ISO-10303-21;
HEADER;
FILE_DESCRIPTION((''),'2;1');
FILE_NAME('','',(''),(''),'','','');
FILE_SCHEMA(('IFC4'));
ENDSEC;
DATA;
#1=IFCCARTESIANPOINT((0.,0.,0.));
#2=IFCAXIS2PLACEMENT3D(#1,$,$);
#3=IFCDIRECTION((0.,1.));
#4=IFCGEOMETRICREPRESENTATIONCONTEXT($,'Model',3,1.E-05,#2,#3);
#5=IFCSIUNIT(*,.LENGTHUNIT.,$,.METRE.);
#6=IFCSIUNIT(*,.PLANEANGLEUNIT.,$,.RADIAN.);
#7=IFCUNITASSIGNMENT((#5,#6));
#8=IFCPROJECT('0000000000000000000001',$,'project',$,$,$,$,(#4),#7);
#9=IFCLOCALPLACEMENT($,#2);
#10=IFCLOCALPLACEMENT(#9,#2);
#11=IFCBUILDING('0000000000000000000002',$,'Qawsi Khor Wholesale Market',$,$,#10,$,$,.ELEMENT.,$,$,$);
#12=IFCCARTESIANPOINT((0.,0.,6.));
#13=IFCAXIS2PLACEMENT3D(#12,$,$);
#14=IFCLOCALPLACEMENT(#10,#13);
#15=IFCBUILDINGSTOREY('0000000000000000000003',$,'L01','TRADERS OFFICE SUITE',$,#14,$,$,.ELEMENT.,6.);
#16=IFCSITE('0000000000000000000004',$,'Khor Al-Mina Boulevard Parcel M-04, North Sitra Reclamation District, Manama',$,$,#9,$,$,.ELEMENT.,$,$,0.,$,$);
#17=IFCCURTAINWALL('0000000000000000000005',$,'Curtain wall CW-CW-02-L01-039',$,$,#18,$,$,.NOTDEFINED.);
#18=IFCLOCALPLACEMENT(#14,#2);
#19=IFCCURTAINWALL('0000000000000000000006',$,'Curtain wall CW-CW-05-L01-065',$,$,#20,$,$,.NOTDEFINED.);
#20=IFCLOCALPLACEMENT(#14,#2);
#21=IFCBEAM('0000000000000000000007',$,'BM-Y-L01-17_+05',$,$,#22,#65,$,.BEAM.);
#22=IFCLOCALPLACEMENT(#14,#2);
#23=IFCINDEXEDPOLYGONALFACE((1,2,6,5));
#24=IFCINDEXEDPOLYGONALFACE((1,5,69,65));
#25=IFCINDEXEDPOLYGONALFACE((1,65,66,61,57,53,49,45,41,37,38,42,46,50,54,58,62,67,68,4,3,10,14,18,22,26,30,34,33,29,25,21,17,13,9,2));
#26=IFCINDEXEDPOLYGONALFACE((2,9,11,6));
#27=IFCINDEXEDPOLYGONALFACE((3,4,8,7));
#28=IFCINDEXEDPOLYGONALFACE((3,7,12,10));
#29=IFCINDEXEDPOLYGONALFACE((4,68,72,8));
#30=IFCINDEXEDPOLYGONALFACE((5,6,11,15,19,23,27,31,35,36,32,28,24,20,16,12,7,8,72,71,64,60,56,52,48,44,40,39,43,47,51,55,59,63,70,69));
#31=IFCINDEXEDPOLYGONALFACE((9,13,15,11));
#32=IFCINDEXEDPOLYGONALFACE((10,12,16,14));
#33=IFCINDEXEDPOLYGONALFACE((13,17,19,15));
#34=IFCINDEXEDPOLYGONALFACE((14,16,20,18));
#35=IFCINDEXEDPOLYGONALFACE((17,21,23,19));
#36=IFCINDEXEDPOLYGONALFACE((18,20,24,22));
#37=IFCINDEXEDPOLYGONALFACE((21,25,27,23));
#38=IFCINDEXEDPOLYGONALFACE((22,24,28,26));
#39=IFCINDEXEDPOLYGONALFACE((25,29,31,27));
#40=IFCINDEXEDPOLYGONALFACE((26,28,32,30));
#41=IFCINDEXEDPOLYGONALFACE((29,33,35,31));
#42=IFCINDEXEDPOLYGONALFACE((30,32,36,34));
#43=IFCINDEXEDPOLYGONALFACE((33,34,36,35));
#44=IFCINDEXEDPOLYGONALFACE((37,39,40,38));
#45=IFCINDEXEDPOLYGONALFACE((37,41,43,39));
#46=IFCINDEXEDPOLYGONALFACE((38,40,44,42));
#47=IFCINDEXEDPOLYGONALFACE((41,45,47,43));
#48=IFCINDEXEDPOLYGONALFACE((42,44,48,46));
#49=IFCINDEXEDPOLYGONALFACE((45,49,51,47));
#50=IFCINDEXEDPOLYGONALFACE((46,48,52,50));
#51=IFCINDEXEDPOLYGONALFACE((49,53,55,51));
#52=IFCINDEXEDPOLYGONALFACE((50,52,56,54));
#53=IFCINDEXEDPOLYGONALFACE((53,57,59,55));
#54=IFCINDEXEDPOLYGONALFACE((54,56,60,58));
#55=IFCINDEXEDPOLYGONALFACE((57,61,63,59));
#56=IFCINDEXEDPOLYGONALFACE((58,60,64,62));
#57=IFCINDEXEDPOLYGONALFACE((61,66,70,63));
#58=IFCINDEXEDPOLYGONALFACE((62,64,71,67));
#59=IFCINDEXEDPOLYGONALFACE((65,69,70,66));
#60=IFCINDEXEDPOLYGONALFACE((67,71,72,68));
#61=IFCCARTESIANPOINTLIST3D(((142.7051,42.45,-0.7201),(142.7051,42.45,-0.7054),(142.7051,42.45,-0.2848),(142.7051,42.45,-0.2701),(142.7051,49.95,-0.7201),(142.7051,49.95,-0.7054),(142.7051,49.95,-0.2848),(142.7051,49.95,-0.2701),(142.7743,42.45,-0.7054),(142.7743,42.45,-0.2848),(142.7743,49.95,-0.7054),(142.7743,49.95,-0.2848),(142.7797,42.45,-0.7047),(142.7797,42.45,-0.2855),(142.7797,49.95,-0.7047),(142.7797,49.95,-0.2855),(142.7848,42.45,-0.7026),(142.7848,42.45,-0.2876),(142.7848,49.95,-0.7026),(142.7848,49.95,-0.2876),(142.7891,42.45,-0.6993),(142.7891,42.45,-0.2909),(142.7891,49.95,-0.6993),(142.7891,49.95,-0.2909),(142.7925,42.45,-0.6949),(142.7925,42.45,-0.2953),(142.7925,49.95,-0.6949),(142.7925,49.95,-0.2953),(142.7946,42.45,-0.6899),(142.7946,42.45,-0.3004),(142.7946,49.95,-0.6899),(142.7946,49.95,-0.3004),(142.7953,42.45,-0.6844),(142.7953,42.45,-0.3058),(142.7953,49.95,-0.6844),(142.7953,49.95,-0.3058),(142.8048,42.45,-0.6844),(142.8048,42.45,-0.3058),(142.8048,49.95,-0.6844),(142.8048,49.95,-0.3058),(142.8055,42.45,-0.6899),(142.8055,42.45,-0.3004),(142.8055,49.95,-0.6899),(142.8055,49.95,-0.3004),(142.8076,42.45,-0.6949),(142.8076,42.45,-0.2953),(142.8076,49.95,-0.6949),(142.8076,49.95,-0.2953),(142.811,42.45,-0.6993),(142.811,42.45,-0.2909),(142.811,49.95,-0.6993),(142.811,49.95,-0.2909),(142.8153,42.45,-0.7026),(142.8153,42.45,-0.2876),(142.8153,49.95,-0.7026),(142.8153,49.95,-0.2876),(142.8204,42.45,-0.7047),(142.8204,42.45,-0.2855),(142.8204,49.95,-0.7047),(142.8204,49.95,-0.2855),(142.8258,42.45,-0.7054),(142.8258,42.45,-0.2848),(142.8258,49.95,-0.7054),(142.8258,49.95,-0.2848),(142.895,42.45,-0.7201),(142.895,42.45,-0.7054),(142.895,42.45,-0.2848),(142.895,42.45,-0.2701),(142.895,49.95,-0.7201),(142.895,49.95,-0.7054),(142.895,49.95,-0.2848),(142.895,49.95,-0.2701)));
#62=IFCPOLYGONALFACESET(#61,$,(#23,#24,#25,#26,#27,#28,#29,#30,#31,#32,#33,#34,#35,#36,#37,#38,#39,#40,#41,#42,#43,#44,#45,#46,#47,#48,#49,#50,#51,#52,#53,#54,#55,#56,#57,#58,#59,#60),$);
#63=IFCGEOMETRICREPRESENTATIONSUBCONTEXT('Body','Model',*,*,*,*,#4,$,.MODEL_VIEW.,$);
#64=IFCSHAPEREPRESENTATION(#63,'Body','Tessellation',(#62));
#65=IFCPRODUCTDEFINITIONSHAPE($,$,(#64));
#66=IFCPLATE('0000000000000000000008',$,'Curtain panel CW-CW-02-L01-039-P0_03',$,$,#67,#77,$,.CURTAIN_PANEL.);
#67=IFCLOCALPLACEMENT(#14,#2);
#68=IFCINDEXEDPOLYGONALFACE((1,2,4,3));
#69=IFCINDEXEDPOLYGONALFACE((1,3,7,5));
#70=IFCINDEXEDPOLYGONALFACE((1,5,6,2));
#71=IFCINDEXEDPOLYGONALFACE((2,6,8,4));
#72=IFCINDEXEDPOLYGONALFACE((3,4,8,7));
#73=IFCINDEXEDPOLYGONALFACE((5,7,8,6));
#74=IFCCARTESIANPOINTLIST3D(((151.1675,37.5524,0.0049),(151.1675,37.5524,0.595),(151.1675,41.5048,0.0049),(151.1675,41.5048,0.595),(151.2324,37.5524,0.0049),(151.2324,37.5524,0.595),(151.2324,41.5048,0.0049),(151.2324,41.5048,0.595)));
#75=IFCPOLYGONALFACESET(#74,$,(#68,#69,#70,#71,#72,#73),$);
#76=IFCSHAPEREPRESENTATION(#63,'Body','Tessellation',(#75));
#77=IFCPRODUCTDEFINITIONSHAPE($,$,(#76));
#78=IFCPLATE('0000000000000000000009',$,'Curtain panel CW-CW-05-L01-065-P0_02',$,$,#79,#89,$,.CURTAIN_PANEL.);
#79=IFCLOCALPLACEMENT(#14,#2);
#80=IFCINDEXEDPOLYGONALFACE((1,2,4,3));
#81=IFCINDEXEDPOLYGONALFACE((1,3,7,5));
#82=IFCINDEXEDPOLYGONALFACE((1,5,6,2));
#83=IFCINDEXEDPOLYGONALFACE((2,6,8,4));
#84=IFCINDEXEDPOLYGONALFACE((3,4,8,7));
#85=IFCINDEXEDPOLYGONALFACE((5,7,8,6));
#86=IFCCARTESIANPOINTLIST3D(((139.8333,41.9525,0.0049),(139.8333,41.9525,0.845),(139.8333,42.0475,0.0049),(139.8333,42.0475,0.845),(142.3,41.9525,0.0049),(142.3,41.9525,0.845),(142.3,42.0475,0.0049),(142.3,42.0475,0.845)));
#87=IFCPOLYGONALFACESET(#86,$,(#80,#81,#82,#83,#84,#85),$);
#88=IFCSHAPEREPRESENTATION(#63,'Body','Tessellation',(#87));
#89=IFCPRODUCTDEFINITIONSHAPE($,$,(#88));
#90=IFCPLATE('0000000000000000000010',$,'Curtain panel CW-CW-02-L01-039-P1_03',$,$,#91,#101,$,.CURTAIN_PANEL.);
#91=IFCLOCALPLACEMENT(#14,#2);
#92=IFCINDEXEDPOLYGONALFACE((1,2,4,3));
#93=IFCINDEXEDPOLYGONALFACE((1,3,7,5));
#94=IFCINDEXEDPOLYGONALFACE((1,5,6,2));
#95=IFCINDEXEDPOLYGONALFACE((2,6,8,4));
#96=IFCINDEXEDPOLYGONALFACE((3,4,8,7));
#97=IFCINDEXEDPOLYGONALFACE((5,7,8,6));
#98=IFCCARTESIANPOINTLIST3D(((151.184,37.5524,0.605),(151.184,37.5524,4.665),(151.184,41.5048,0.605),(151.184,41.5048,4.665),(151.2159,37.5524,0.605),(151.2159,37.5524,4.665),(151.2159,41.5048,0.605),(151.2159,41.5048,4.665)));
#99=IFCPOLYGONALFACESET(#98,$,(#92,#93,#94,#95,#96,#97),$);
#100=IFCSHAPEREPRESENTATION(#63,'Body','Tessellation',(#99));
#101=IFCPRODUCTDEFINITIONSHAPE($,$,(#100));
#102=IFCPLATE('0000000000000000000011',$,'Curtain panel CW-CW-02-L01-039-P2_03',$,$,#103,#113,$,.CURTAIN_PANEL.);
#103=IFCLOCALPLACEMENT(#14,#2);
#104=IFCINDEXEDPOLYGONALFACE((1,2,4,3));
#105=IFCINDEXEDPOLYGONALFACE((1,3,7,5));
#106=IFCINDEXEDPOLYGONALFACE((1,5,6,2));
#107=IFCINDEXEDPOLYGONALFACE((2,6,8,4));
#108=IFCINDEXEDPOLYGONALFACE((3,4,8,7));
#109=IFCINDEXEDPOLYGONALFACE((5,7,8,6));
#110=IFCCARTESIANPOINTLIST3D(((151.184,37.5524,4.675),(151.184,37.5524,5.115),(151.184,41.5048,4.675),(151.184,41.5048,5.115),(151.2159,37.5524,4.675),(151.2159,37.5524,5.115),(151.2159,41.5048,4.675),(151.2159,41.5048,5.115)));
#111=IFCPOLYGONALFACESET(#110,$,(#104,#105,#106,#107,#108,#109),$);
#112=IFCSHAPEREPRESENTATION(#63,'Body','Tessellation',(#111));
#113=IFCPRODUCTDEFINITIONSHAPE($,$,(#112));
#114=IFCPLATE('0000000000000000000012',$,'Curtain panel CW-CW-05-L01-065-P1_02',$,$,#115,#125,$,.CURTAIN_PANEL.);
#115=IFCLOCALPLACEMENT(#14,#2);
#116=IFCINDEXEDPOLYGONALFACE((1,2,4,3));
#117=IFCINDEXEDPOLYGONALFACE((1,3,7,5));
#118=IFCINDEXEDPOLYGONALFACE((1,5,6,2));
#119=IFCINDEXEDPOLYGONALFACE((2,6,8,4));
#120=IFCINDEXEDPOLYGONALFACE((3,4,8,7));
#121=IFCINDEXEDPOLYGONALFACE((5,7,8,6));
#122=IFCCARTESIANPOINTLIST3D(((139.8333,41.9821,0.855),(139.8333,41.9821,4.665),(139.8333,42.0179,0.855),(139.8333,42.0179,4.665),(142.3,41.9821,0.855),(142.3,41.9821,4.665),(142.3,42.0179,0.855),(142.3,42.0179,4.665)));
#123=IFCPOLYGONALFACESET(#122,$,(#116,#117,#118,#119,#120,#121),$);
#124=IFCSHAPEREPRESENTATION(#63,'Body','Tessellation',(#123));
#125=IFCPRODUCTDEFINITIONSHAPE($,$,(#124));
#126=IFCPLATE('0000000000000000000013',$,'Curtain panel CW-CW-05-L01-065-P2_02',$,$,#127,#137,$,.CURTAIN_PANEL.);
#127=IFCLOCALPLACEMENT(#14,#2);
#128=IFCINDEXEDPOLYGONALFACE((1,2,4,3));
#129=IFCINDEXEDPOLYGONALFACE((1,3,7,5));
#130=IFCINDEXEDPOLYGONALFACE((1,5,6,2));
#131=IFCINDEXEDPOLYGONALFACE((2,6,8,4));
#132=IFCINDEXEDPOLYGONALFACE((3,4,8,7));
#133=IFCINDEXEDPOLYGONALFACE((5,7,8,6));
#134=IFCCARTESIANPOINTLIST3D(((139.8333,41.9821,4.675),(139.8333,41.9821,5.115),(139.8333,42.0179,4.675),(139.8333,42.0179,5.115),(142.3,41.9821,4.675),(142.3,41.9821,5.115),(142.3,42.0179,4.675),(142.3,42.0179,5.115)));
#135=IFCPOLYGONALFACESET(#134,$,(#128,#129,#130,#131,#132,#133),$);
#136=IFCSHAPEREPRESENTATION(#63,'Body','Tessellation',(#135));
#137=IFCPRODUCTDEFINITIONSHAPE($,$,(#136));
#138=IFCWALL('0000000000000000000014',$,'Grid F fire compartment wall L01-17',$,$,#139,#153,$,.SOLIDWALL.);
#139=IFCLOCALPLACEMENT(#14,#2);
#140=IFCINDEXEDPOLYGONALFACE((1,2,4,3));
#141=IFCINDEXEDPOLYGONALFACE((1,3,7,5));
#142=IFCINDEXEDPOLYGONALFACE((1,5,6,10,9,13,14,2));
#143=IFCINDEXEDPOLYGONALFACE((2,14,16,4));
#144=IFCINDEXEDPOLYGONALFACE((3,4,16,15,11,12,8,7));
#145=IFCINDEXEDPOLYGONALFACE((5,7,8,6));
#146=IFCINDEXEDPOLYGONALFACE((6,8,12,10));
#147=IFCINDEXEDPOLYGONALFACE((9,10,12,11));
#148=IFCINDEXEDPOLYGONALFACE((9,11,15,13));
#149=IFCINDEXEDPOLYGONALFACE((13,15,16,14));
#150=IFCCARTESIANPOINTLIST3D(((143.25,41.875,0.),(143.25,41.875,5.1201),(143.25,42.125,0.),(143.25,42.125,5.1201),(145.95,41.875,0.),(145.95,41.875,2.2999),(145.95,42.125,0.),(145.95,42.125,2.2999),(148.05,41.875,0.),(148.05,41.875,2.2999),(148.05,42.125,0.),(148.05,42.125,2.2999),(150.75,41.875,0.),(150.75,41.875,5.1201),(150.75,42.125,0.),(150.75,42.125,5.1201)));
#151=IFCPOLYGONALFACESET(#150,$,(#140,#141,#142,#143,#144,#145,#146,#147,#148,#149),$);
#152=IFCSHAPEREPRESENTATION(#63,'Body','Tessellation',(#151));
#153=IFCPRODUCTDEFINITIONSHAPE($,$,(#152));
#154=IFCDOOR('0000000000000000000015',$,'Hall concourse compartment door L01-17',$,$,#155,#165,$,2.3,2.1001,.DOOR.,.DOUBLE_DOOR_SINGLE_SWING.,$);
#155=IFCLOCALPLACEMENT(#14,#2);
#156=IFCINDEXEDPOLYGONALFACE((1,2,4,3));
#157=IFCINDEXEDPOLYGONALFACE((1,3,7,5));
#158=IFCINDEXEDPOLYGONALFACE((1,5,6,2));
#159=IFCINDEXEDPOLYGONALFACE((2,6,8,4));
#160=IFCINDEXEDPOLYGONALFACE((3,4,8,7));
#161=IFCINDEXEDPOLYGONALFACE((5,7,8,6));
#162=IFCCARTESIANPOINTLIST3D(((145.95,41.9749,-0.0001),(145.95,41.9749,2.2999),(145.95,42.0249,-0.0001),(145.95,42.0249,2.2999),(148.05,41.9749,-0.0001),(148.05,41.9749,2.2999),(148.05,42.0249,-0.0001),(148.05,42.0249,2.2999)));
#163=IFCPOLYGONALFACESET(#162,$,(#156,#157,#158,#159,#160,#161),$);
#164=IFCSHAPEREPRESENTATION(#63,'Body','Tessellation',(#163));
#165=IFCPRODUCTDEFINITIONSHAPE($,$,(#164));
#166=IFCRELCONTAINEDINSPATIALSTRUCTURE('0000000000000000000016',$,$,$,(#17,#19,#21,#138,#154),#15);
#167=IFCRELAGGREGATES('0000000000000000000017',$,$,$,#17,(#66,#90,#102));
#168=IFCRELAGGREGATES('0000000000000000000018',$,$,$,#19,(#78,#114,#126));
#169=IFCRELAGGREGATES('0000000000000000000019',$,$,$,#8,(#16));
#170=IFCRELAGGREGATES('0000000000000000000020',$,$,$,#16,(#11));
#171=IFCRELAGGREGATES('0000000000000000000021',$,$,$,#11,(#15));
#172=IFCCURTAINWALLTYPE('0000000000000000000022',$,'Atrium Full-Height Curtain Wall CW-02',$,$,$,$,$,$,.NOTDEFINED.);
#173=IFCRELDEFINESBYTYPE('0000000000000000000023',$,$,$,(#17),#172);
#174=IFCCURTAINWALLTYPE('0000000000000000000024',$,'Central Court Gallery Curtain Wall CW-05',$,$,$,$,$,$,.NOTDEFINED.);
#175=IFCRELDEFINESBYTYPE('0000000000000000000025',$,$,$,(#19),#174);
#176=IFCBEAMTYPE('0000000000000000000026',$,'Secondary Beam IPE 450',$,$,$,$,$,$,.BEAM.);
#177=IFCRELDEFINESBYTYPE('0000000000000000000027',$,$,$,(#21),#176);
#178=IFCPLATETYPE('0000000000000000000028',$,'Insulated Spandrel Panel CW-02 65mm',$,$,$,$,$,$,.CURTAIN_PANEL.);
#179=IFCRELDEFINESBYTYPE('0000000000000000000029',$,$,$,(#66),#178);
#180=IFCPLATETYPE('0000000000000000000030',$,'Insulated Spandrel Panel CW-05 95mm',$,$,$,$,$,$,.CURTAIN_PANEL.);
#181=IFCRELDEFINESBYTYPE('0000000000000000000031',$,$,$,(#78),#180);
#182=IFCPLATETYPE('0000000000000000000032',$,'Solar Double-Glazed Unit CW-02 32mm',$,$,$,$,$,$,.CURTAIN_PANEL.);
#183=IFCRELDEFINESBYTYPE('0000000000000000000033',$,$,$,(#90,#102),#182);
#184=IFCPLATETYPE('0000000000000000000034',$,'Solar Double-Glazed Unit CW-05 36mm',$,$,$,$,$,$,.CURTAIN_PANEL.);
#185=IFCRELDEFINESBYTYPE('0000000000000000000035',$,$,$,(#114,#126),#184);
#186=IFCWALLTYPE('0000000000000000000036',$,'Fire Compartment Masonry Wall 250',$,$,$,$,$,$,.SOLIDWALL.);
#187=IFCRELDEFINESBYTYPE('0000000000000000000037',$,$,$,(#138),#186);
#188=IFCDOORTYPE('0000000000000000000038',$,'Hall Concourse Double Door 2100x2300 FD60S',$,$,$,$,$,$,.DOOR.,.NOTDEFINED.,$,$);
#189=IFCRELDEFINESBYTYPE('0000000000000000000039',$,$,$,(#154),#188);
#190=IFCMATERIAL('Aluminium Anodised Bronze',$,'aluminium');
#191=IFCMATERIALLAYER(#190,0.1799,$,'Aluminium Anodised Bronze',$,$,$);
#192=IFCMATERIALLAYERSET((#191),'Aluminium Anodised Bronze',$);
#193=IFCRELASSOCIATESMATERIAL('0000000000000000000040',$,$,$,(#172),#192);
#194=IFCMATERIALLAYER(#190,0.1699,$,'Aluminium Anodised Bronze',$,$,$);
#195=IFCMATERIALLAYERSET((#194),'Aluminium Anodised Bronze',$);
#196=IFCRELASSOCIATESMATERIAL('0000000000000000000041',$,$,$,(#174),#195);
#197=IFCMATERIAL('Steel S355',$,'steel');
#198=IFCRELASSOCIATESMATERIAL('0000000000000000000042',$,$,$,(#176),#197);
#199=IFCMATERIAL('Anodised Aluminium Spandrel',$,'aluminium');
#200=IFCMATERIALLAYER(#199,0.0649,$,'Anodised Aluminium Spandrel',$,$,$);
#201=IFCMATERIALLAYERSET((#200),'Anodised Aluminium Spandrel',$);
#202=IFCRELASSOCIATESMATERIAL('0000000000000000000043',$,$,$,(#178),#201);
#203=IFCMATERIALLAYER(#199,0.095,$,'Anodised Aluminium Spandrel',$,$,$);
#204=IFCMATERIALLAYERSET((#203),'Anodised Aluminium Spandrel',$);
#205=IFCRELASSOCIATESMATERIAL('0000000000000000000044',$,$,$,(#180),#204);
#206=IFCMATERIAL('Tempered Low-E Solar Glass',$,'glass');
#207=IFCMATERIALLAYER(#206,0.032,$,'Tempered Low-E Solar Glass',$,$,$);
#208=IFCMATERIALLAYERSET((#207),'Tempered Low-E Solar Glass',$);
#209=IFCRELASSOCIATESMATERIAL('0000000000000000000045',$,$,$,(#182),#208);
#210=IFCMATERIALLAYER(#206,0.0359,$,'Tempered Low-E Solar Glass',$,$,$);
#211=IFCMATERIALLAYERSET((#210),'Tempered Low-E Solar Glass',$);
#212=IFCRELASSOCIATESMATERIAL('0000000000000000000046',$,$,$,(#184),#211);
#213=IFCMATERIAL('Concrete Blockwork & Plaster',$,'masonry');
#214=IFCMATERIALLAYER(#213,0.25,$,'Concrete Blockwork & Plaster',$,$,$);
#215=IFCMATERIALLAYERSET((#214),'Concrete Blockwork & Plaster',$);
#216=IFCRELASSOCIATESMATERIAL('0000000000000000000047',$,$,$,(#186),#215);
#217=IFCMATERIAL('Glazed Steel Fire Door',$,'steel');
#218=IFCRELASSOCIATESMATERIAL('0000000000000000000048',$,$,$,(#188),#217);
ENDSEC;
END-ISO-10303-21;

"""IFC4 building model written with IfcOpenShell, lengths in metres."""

from ifc_helpers import new_model, si_unit, direction, frame, frame_2d, origin, origin_2d, place, context, subcontext, project, spatial, rectangle, i_section, extrude, material, layer, layer_set, material_profile, profile_set, type_object, element, fill, aggregate, save


model = new_model("IFC4")

# Units and contexts
model_context = context("Model", 3, precision=1e-05, world=origin(), true_north=direction((0.0, 1.0)))
body_context = subcontext(model_context, "Body", "Model", "MODEL_VIEW")
ifc_project = project(units=[si_unit("LENGTHUNIT", "METRE"), si_unit("PLANEANGLEUNIT", "RADIAN")], contexts=[model_context])

# Site, building, storey
site_placement = place(None, origin())
site = spatial("IfcSite", under=ifc_project, at=site_placement, Name="Khor Al-Mina Boulevard Parcel M-04, North Sitra Reclamation District, Manama", CompositionType="ELEMENT", RefElevation=0.0)
building_placement = place(site_placement, origin())
building = spatial("IfcBuilding", under=site, at=building_placement, Name="Qawsi Khor Wholesale Market", CompositionType="ELEMENT")
storey_placement = place(building_placement, frame((0.0, 0.0, 6.0)))
storey = spatial("IfcBuildingStorey", under=building, at=storey_placement, Name="L01", Description="TRADERS OFFICE SUITE", CompositionType="ELEMENT", Elevation=6.0)

# Curtain wall
ifc_material_1 = material(Name="Aluminium Anodised Bronze", Category="aluminium")
ifc_layer_1 = layer(ifc_material_1, 0.1799, Name="Aluminium Anodised Bronze")
ifc_layer_set_1 = layer_set([ifc_layer_1], Name="Aluminium Anodised Bronze")
curtain_wall_type_1 = type_object("IfcCurtainWallType", Name="Atrium Full-Height Curtain Wall CW-02", PredefinedType="NOTDEFINED", material=ifc_layer_set_1)
curtain_wall_1_placement = place(storey_placement, origin())
curtain_wall_1 = element("IfcCurtainWall", 1, at=curtain_wall_1_placement, inside=storey, type_object=curtain_wall_type_1, Name="Curtain wall CW-CW-02-L01-039", PredefinedType="NOTDEFINED")

# Curtain wall
ifc_layer_2 = layer(ifc_material_1, 0.1699, Name="Aluminium Anodised Bronze")
ifc_layer_set_2 = layer_set([ifc_layer_2], Name="Aluminium Anodised Bronze")
curtain_wall_type_2 = type_object("IfcCurtainWallType", Name="Central Court Gallery Curtain Wall CW-05", PredefinedType="NOTDEFINED", material=ifc_layer_set_2)
curtain_wall_2_placement = place(storey_placement, origin())
curtain_wall_2 = element("IfcCurtainWall", 2, at=curtain_wall_2_placement, inside=storey, type_object=curtain_wall_type_2, Name="Curtain wall CW-CW-05-L01-065", PredefinedType="NOTDEFINED")

# Beam
ifc_material_2 = material(Name="Steel S355", Category="steel")
ifc_material_profile_1 = material_profile(ifc_material_2, i_section(OverallWidth=0.1899, OverallDepth=0.45, WebThickness=0.0095, FlangeThickness=0.0146, FilletRadius=0.021, at=origin_2d()), Name="IPE 450")
ifc_profile_set_1 = profile_set([ifc_material_profile_1], Name="Steel S355")
beam_type_1 = type_object("IfcBeamType", Name="Secondary Beam IPE 450", PredefinedType="BEAM", material=ifc_profile_set_1)
beam_1_placement = place(storey_placement, frame((142.8, 42.45, -0.4951), z_axis=(0.0, 1.0, 0.0), x_axis=(-1.0, 0.0, 0.0)))
element("IfcBeam", 3, at=beam_1_placement, inside=storey, type_object=beam_type_1, Name="BM-Y-L01-17_+05", PredefinedType="BEAM", context=body_context, shape_type="SweptSolid", body=[
    extrude(i_section(OverallWidth=0.1899, OverallDepth=0.45, WebThickness=0.0095, FlangeThickness=0.0146, FilletRadius=0.021, at=origin_2d()), origin(), (0.0, 0.0, 1.0), 7.5),
])

# Plates
ifc_material_3 = material(Name="Anodised Aluminium Spandrel", Category="aluminium")
ifc_layer_3 = layer(ifc_material_3, 0.0649, Name="Anodised Aluminium Spandrel")
ifc_layer_set_3 = layer_set([ifc_layer_3], Name="Anodised Aluminium Spandrel")
plate_type_1 = type_object("IfcPlateType", Name="Insulated Spandrel Panel CW-02 65mm", PredefinedType="CURTAIN_PANEL", material=ifc_layer_set_3)
plate_1_placement = place(storey_placement, frame((151.2, 37.5525, 0.0049), z_axis=(0.0, 0.0, 1.0), x_axis=(0.0, 1.0, 0.0)))
plate_1 = element("IfcPlate", 4, at=plate_1_placement, type_object=plate_type_1, Name="Curtain panel CW-CW-02-L01-039-P0_03", PredefinedType="CURTAIN_PANEL", context=body_context, shape_type="SweptSolid", body=[
    extrude(rectangle(XDim=3.9524, YDim=0.0649, at=frame_2d((1.9761, 0.0))), origin(), (0.0, 0.0, 1.0), 0.5901),
])
ifc_layer_4 = layer(ifc_material_3, 0.095, Name="Anodised Aluminium Spandrel")
ifc_layer_set_4 = layer_set([ifc_layer_4], Name="Anodised Aluminium Spandrel")
plate_type_2 = type_object("IfcPlateType", Name="Insulated Spandrel Panel CW-05 95mm", PredefinedType="CURTAIN_PANEL", material=ifc_layer_set_4)
plate_2_placement = place(storey_placement, frame((139.8333, 42.0, 0.0049), z_axis=(0.0, 0.0, 1.0), x_axis=(1.0, 0.0, 0.0)))
plate_2 = element("IfcPlate", 5, at=plate_2_placement, type_object=plate_type_2, Name="Curtain panel CW-CW-05-L01-065-P0_02", PredefinedType="CURTAIN_PANEL", context=body_context, shape_type="SweptSolid", body=[
    extrude(rectangle(XDim=2.4668, YDim=0.095, at=frame_2d((1.2334, 0.0))), origin(), (0.0, 0.0, 1.0), 0.8401),
])
ifc_material_4 = material(Name="Tempered Low-E Solar Glass", Category="glass")
ifc_layer_5 = layer(ifc_material_4, 0.032, Name="Tempered Low-E Solar Glass")
ifc_layer_set_5 = layer_set([ifc_layer_5], Name="Tempered Low-E Solar Glass")
plate_type_3 = type_object("IfcPlateType", Name="Solar Double-Glazed Unit CW-02 32mm", PredefinedType="CURTAIN_PANEL", material=ifc_layer_set_5)
plate_3_placement = place(storey_placement, frame((151.2, 37.5525, 0.605), z_axis=(0.0, 0.0, 1.0), x_axis=(0.0, 1.0, 0.0)))
plate_3 = element("IfcPlate", 6, at=plate_3_placement, type_object=plate_type_3, Name="Curtain panel CW-CW-02-L01-039-P1_03", PredefinedType="CURTAIN_PANEL", context=body_context, shape_type="SweptSolid", body=[
    extrude(rectangle(XDim=3.9524, YDim=0.032, at=frame_2d((1.9761, 0.0))), origin(), (0.0, 0.0, 1.0), 4.0601),
])
plate_4_placement = place(storey_placement, frame((151.2, 37.5525, 4.675), z_axis=(0.0, 0.0, 1.0), x_axis=(0.0, 1.0, 0.0)))
plate_4 = element("IfcPlate", 7, at=plate_4_placement, type_object=plate_type_3, Name="Curtain panel CW-CW-02-L01-039-P2_03", PredefinedType="CURTAIN_PANEL", context=body_context, shape_type="SweptSolid", body=[
    extrude(rectangle(XDim=3.9524, YDim=0.032, at=frame_2d((1.9761, 0.0))), origin(), (0.0, 0.0, 1.0), 0.4399),
])
aggregate(curtain_wall_1, [plate_1, plate_3, plate_4])
ifc_layer_6 = layer(ifc_material_4, 0.0359, Name="Tempered Low-E Solar Glass")
ifc_layer_set_6 = layer_set([ifc_layer_6], Name="Tempered Low-E Solar Glass")
plate_type_4 = type_object("IfcPlateType", Name="Solar Double-Glazed Unit CW-05 36mm", PredefinedType="CURTAIN_PANEL", material=ifc_layer_set_6)
plate_5_placement = place(storey_placement, frame((139.8333, 42.0, 0.855), z_axis=(0.0, 0.0, 1.0), x_axis=(1.0, 0.0, 0.0)))
plate_5 = element("IfcPlate", 8, at=plate_5_placement, type_object=plate_type_4, Name="Curtain panel CW-CW-05-L01-065-P1_02", PredefinedType="CURTAIN_PANEL", context=body_context, shape_type="SweptSolid", body=[
    extrude(rectangle(XDim=2.4668, YDim=0.0359, at=frame_2d((1.2334, 0.0))), origin(), (0.0, 0.0, 1.0), 3.8101),
])
plate_6_placement = place(storey_placement, frame((139.8333, 42.0, 4.675), z_axis=(0.0, 0.0, 1.0), x_axis=(1.0, 0.0, 0.0)))
plate_6 = element("IfcPlate", 9, at=plate_6_placement, type_object=plate_type_4, Name="Curtain panel CW-CW-05-L01-065-P2_02", PredefinedType="CURTAIN_PANEL", context=body_context, shape_type="SweptSolid", body=[
    extrude(rectangle(XDim=2.4668, YDim=0.0359, at=frame_2d((1.2334, 0.0))), origin(), (0.0, 0.0, 1.0), 0.4399),
])
aggregate(curtain_wall_2, [plate_2, plate_5, plate_6])

# Wall, opening, door
ifc_material_5 = material(Name="Concrete Blockwork & Plaster", Category="masonry")
ifc_layer_7 = layer(ifc_material_5, 0.25, Name="Concrete Blockwork & Plaster")
ifc_layer_set_7 = layer_set([ifc_layer_7], Name="Concrete Blockwork & Plaster")
wall_type_1 = type_object("IfcWallType", Name="Fire Compartment Masonry Wall 250", PredefinedType="SOLIDWALL", material=ifc_layer_set_7)
wall_1_placement = place(storey_placement, frame((143.25, 42.0, 0.0), z_axis=(0.0, 0.0, 1.0), x_axis=(1.0, 0.0, 0.0)))
wall_1 = element("IfcWall", 10, at=wall_1_placement, inside=storey, type_object=wall_type_1, Name="Grid F fire compartment wall L01-17", PredefinedType="SOLIDWALL", context=body_context, shape_type="SweptSolid", body=[
    extrude(rectangle(XDim=7.5, YDim=0.25, at=frame_2d((3.75, 0.0))), origin(), (0.0, 0.0, 1.0), 5.1201),
])
opening_1_placement = place(wall_1_placement, frame((2.7, 0.0, 0.0)))
opening_1 = element("IfcOpeningElement", 11, at=opening_1_placement, cuts=wall_1, PredefinedType="OPENING", context=body_context, shape_type="SweptSolid", body=[
    extrude(rectangle(XDim=2.1001, YDim=2.3, at=frame_2d((1.05, 1.1499))), frame((0.0, 0.135, 0.0), z_axis=(0.0, -1.0, 0.0), x_axis=(1.0, 0.0, 0.0)), (0.0, 0.0, 1.0), 0.27),
])
ifc_material_6 = material(Name="Glazed Steel Fire Door", Category="steel")
door_type = type_object("IfcDoorType", Name="Hall Concourse Double Door 2100x2300 FD60S", OperationType="NOTDEFINED", PredefinedType="DOOR", material=ifc_material_6)
door_placement = place(opening_1_placement, origin())
door = element("IfcDoor", 12, at=door_placement, inside=storey, type_object=door_type, Name="Hall concourse compartment door L01-17", OperationType="DOUBLE_DOOR_SINGLE_SWING", OverallHeight=2.3, OverallWidth=2.1001, PredefinedType="DOOR", context=body_context, shape_type="SweptSolid", body=[
    extrude(rectangle(XDim=2.1001, YDim=2.3, at=frame_2d((1.05, 1.1499))), frame((0.0, 0.0249, 0.0), z_axis=(0.0, -1.0, 0.0), x_axis=(1.0, 0.0, 0.0)), (0.0, 0.0, 1.0), 0.05),
])
fill(opening_1, door)

save(model, "model.ifc")
